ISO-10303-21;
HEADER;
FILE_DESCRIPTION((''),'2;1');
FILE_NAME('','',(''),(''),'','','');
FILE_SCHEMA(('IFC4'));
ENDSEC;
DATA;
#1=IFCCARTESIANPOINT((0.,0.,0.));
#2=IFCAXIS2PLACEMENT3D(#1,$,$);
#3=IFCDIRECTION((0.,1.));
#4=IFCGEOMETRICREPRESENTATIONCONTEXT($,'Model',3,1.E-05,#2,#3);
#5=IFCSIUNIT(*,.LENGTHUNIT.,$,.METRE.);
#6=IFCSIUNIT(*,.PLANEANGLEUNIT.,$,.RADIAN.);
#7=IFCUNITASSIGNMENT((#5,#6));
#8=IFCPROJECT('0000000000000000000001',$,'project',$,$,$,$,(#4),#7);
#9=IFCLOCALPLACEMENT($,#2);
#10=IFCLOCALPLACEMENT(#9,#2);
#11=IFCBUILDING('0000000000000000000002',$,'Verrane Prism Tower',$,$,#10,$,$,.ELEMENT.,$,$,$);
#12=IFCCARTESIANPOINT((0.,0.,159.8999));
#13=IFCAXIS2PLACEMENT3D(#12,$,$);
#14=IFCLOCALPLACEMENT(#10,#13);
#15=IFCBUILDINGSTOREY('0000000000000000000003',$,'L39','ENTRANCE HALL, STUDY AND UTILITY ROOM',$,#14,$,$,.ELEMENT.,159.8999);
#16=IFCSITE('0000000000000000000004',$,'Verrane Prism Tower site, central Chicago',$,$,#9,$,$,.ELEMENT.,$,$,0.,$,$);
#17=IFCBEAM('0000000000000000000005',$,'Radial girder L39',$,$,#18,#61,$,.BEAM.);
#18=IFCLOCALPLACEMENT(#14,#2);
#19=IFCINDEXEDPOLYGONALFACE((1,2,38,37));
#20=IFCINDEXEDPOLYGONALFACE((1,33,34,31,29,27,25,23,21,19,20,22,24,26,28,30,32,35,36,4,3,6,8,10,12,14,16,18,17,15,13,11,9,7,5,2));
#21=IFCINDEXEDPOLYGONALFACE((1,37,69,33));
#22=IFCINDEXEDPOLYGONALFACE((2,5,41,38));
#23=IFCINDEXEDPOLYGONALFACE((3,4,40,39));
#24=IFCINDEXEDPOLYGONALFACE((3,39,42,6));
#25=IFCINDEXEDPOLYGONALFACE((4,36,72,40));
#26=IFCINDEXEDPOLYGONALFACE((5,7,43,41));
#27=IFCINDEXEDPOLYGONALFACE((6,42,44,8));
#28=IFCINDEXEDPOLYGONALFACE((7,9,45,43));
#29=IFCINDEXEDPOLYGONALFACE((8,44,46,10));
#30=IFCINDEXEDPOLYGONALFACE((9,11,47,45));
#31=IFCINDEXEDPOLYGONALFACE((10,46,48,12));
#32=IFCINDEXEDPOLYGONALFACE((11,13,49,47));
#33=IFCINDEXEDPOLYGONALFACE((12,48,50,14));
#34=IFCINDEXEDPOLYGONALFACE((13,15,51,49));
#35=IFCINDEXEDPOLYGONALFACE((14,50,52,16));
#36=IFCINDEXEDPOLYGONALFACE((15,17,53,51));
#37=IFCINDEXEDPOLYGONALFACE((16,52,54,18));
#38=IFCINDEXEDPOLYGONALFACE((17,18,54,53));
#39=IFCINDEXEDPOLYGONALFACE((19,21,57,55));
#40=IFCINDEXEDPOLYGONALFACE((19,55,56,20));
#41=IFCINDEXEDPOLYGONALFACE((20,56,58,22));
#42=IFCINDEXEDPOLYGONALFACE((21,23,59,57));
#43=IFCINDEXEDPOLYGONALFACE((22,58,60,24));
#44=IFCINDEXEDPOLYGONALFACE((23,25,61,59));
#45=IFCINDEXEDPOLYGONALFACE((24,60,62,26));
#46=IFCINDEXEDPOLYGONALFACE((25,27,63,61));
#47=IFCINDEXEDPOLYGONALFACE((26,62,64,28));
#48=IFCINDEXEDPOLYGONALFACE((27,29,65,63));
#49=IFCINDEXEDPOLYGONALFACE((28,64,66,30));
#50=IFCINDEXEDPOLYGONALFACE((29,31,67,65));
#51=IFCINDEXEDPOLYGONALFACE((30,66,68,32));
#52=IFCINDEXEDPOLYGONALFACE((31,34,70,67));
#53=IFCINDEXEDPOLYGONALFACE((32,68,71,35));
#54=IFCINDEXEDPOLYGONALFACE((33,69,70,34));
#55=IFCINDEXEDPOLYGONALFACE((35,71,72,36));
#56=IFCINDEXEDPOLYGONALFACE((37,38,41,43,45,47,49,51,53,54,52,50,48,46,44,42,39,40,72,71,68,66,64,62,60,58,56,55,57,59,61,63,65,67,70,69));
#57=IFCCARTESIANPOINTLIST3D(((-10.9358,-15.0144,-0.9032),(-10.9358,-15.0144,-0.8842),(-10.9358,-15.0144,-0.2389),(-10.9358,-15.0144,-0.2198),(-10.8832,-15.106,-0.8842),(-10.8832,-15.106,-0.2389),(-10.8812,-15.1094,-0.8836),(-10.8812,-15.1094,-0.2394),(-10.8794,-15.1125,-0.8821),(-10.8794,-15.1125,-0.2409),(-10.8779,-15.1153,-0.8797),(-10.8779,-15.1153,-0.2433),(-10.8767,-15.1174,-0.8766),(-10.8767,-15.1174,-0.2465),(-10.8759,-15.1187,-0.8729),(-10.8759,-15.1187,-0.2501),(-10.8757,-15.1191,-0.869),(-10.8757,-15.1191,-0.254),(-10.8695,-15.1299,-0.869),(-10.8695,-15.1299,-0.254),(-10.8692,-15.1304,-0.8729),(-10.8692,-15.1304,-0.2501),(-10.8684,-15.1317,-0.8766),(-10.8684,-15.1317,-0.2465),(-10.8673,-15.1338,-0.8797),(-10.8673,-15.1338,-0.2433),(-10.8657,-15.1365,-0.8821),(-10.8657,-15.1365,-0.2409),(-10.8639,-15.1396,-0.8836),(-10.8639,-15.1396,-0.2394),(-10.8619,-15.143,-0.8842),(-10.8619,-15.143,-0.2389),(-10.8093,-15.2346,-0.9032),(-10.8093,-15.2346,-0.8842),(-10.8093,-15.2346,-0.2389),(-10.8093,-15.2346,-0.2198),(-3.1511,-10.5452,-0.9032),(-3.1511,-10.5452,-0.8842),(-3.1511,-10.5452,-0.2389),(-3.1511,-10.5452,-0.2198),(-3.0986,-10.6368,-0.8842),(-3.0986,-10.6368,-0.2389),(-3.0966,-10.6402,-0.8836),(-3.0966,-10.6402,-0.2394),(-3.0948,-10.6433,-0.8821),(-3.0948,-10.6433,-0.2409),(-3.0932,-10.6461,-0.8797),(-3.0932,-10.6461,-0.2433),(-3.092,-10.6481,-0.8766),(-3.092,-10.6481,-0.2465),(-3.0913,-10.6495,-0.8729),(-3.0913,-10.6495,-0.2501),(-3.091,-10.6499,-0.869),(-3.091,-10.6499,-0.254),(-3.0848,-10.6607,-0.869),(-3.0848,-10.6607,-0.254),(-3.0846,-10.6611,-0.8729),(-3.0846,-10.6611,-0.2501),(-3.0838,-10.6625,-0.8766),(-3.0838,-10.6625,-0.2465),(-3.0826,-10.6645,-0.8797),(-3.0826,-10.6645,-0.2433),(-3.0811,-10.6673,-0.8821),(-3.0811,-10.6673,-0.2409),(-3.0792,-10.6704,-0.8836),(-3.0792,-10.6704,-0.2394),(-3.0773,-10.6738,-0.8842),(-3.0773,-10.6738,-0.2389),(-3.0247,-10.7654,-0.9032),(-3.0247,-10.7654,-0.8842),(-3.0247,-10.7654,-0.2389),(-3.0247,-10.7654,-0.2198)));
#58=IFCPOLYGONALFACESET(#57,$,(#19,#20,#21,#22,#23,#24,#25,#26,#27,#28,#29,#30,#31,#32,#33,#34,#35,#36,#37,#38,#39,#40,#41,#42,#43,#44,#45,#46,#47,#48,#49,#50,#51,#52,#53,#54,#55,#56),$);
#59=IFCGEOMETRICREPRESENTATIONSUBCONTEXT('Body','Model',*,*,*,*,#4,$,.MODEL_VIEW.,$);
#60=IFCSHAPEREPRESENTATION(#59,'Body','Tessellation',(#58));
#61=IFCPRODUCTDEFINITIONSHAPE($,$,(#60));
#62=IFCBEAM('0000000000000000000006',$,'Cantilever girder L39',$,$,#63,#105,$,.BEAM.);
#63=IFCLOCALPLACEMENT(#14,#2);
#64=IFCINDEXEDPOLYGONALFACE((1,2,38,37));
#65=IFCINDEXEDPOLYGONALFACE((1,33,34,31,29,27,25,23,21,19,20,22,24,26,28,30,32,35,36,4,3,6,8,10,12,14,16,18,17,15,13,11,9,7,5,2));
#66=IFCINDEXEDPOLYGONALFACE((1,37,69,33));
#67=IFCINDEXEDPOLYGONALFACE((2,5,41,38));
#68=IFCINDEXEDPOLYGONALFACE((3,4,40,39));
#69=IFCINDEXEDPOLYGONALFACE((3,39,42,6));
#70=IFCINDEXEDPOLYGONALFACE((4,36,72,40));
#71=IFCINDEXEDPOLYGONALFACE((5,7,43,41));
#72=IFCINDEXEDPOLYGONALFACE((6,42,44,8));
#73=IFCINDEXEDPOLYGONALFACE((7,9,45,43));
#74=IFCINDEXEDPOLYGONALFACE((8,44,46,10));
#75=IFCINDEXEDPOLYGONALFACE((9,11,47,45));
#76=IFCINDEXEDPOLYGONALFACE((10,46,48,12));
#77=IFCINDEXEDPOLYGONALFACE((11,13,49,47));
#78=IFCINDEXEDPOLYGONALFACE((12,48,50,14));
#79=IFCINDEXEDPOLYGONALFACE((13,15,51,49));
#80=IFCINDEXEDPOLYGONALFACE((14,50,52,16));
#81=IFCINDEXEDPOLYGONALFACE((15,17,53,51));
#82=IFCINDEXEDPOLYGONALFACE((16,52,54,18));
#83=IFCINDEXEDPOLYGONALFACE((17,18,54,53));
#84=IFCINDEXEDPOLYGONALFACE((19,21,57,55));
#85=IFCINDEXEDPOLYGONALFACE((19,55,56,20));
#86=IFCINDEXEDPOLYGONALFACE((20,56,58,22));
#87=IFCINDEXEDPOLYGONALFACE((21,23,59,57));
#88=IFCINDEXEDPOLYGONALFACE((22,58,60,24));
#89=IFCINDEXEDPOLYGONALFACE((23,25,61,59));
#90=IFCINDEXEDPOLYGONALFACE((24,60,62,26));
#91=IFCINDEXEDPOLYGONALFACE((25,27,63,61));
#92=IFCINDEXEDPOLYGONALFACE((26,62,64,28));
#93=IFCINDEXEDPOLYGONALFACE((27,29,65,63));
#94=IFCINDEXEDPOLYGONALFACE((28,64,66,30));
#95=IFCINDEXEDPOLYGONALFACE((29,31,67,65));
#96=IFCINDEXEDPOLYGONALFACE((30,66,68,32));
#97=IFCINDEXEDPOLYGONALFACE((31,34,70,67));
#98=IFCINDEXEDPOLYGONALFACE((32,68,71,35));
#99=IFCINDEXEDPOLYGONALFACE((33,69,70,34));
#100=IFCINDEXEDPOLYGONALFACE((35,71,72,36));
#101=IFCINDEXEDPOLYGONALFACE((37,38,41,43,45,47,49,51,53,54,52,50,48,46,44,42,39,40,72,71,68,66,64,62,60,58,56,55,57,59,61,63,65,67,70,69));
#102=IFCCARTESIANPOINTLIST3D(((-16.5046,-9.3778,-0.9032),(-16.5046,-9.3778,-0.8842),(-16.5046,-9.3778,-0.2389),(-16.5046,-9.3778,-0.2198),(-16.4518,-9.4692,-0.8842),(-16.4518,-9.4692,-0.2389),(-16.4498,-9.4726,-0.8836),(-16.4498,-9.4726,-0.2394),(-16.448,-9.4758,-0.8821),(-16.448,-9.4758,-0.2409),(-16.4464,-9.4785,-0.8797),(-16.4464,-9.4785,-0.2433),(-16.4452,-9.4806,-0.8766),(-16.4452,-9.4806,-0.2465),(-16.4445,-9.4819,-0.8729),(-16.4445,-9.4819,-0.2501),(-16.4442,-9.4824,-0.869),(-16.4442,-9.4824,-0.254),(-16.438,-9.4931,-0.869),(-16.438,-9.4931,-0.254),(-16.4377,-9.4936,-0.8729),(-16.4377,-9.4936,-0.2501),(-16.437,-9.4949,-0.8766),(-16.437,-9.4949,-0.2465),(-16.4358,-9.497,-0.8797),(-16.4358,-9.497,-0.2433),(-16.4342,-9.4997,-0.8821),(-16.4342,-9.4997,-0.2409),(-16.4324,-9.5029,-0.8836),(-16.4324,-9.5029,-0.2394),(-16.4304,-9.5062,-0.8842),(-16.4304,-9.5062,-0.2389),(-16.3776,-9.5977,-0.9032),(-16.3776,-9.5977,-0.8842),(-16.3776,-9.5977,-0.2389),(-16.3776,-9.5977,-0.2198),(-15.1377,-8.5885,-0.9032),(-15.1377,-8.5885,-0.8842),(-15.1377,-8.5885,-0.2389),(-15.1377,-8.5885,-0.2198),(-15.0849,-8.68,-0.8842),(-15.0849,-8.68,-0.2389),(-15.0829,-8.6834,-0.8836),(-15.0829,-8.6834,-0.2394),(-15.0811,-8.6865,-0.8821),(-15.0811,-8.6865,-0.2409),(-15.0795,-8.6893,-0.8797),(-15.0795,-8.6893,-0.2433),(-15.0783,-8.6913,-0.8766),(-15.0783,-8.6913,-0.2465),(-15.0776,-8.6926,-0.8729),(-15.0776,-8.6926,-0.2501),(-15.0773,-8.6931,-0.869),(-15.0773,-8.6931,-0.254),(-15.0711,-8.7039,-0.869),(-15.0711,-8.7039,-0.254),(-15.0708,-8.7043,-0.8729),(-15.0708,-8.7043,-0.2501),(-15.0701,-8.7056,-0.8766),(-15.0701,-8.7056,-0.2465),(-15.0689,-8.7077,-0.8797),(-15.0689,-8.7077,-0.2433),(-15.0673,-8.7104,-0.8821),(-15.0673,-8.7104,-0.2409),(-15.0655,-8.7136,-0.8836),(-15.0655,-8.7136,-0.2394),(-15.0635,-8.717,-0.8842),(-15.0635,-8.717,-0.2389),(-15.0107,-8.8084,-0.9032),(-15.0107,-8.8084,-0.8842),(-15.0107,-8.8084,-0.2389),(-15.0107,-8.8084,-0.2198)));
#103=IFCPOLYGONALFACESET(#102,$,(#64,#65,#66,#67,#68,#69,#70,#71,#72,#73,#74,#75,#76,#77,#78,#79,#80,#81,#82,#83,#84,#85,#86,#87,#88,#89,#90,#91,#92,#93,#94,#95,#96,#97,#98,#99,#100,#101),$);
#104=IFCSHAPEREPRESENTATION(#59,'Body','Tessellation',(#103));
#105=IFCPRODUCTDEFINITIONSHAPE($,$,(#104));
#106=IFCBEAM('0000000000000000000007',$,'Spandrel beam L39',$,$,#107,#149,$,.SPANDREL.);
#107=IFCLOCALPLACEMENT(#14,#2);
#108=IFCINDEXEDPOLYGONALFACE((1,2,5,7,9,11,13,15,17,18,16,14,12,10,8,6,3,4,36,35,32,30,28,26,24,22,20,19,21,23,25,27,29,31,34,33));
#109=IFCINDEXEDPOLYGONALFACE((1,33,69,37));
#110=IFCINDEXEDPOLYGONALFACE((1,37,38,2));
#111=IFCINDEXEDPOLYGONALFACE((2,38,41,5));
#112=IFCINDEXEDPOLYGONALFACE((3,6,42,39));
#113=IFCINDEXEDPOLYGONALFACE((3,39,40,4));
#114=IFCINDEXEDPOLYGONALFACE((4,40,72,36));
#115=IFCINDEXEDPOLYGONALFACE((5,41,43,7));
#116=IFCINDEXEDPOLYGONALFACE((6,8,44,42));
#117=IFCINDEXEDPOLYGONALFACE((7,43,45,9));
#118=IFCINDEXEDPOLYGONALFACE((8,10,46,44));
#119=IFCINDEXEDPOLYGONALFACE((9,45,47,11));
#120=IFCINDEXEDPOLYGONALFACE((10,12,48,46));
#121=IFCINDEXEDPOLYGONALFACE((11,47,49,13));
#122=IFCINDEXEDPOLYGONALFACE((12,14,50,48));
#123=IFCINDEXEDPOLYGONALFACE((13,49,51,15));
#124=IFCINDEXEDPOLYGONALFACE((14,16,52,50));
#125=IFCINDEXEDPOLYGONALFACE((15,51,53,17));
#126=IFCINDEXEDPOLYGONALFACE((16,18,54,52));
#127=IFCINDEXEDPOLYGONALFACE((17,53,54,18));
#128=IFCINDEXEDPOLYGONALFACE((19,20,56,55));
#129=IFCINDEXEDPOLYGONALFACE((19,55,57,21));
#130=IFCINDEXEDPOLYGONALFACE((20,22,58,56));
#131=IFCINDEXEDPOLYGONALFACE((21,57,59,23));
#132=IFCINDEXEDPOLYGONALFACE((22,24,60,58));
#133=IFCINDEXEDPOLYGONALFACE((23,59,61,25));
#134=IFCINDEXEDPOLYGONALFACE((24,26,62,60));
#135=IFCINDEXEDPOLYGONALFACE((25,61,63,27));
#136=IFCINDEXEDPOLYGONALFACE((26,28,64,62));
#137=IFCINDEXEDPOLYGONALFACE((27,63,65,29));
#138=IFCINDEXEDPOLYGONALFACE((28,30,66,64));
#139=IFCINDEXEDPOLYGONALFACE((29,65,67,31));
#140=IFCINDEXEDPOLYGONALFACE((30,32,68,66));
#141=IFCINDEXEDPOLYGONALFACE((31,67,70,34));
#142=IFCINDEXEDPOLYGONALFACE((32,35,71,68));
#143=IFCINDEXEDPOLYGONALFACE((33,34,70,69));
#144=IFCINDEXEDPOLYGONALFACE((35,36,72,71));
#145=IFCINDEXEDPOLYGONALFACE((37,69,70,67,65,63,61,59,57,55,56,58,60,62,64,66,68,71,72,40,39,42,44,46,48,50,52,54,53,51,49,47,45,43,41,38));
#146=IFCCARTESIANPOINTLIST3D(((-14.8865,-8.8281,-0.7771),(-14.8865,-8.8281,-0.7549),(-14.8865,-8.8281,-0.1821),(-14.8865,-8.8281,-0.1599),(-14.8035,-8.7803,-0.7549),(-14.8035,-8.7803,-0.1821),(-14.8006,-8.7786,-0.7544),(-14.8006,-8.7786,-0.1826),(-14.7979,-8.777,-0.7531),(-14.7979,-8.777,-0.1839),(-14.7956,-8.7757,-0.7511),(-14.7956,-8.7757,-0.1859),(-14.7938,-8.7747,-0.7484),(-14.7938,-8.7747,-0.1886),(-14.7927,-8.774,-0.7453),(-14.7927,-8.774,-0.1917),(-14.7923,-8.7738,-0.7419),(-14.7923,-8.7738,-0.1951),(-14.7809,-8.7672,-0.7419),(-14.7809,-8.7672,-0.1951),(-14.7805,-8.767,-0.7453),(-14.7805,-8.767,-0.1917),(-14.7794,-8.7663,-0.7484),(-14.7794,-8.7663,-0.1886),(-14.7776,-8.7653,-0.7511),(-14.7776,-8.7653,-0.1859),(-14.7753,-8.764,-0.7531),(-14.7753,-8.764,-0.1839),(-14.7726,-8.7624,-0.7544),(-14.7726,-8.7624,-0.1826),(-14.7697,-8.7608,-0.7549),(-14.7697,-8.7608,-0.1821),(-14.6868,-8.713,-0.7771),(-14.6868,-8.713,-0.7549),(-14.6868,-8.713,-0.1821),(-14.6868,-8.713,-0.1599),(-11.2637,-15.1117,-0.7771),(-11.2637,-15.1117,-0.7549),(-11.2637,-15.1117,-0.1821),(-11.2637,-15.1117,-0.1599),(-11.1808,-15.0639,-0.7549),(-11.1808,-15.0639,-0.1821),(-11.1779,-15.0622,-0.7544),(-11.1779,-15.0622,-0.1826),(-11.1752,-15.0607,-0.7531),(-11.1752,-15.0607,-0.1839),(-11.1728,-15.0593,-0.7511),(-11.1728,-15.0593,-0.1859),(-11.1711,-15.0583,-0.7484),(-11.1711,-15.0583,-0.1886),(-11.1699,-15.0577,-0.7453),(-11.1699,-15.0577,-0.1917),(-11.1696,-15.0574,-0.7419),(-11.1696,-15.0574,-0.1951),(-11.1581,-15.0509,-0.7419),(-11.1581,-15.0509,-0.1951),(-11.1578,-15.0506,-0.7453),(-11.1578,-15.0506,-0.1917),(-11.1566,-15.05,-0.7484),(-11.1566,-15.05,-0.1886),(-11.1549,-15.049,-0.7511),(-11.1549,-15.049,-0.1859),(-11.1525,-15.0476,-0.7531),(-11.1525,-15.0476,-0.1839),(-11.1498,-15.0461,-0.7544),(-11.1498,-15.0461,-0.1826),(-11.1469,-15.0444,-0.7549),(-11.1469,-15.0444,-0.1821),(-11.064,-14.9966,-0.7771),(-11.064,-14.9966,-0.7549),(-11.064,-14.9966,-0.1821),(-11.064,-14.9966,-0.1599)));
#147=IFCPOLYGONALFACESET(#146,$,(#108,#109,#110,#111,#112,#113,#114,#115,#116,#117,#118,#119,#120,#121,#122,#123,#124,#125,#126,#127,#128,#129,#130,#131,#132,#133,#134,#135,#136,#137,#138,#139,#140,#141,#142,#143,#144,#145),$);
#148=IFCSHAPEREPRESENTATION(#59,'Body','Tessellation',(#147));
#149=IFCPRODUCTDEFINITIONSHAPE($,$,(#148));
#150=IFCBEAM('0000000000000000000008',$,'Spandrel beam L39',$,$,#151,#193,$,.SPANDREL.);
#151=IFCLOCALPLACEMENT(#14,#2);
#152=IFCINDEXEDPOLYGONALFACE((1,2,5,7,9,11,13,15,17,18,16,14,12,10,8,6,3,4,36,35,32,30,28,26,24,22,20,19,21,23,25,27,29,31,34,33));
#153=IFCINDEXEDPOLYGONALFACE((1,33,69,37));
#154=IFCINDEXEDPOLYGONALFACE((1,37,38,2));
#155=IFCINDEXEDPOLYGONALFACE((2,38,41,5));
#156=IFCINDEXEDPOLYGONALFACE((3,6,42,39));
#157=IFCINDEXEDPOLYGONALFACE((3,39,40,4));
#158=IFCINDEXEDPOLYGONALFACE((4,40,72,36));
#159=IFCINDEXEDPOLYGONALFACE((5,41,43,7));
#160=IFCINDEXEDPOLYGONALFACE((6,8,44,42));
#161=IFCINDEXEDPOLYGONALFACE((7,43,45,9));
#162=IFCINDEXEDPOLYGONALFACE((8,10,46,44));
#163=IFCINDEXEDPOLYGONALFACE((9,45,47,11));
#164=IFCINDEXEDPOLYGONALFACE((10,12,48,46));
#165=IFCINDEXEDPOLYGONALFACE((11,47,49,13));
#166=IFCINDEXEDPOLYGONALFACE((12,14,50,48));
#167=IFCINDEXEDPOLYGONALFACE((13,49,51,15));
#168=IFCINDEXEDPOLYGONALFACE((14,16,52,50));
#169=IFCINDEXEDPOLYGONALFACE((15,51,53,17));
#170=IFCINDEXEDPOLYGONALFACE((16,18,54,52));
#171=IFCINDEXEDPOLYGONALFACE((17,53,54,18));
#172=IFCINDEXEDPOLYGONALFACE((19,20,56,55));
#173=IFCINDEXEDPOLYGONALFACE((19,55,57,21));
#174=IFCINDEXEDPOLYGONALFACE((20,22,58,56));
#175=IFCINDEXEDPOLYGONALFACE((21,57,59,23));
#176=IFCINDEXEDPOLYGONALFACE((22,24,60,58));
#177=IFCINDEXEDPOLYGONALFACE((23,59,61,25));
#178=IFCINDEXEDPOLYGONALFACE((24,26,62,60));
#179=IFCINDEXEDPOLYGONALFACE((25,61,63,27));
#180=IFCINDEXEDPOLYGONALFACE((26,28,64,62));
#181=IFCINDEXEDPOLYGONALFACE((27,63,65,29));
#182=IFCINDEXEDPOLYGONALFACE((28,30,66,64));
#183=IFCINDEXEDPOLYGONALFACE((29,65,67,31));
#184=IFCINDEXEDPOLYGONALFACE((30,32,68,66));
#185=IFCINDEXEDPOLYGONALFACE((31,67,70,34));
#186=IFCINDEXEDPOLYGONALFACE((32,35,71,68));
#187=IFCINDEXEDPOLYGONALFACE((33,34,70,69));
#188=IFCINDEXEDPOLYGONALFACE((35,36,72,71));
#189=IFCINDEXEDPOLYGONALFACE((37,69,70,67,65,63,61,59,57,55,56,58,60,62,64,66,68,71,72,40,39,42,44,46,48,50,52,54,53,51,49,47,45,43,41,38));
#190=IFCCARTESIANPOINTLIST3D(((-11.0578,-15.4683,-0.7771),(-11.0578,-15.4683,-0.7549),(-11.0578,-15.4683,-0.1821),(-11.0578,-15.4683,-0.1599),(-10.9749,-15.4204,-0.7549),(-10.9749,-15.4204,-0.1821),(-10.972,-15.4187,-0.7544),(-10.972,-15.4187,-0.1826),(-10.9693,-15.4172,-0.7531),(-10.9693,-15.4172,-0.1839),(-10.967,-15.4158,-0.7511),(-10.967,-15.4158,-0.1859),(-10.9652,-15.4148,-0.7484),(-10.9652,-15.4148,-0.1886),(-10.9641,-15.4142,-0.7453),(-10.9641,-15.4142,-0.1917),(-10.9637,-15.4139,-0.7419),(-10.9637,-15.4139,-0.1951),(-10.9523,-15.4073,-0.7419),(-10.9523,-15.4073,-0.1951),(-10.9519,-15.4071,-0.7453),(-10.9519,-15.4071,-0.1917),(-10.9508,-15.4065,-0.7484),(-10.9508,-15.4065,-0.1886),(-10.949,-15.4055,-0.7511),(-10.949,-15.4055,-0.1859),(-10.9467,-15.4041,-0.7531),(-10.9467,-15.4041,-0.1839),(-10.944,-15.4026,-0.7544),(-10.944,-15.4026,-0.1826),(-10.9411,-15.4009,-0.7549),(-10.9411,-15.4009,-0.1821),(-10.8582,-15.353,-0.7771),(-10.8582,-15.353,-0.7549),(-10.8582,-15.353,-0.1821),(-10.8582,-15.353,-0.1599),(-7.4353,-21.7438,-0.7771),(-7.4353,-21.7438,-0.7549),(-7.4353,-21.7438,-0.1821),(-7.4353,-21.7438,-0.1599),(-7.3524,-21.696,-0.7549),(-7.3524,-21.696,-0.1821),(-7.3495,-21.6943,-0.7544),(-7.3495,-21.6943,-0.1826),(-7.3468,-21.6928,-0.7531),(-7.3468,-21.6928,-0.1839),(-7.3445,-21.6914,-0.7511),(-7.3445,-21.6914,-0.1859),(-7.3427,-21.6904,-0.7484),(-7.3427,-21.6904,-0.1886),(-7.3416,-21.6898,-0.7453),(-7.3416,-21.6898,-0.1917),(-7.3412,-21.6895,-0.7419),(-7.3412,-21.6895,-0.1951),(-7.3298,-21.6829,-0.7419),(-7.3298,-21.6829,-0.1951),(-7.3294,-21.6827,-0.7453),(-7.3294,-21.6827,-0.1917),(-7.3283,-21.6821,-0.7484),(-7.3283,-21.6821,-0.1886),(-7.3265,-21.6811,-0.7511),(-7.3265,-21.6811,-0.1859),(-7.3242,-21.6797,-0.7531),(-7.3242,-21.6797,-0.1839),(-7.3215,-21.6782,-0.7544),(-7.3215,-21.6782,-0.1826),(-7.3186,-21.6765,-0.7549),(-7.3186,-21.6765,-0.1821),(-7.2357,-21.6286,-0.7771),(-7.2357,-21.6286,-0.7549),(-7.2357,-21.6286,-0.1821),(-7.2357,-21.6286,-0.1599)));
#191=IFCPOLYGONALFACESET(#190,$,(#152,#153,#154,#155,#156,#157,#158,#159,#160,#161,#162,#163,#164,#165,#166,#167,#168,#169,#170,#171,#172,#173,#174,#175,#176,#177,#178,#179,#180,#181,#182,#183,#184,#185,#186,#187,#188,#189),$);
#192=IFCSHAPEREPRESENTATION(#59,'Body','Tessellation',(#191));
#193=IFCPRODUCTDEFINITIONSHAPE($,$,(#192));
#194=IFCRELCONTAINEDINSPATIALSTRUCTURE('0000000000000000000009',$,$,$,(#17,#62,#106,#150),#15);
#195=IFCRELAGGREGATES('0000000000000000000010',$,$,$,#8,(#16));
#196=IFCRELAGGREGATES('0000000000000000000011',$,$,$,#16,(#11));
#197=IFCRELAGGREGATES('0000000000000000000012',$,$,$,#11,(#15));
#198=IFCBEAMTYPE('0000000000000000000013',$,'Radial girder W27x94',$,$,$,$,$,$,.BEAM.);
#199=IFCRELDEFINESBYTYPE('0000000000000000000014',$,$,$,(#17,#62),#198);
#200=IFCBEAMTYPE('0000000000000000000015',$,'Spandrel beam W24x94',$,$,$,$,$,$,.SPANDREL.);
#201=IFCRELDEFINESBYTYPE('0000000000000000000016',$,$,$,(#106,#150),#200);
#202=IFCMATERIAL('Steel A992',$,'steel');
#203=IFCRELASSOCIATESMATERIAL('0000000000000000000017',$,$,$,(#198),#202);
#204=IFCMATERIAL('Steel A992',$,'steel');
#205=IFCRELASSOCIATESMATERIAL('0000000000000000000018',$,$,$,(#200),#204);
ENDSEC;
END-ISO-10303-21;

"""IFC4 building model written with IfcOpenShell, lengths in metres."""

from ifc_helpers import new_model, si_unit, direction, frame, origin, origin_2d, place, context, subcontext, project, spatial, i_section, extrude, material, material_profile, profile_set, type_object, element, save


model = new_model("IFC4")

# Units and contexts
model_context = context("Model", 3, precision=1e-05, world=origin(), true_north=direction((0.0, 1.0)))
body_context = subcontext(model_context, "Body", "Model", "MODEL_VIEW")
ifc_project = project(units=[si_unit("LENGTHUNIT", "METRE"), si_unit("PLANEANGLEUNIT", "RADIAN")], contexts=[model_context])

# Site, building, storey
site_placement = place(None, origin())
site = spatial("IfcSite", under=ifc_project, at=site_placement, Name="Verrane Prism Tower site, central Chicago", CompositionType="ELEMENT", RefElevation=0.0)
building_placement = place(site_placement, origin())
building = spatial("IfcBuilding", under=site, at=building_placement, Name="Verrane Prism Tower", CompositionType="ELEMENT")
storey_placement = place(building_placement, frame((0.0, 0.0, 159.8999)))
storey = spatial("IfcBuildingStorey", under=building, at=storey_placement, Name="L39", Description="ENTRANCE HALL, STUDY AND UTILITY ROOM", CompositionType="ELEMENT", Elevation=159.8999)

# Beams
ifc_material_1 = material(Name="Steel A992", Category="steel")
ifc_material_profile_1 = material_profile(ifc_material_1, i_section(OverallWidth=0.2539, OverallDepth=0.6833, WebThickness=0.0125, FlangeThickness=0.019, FilletRadius=0.0151, at=origin_2d()), Name="W27x94")
ifc_profile_set_1 = profile_set([ifc_material_profile_1], Name="Steel A992")
beam_type_1 = type_object("IfcBeamType", Name="Radial girder W27x94", PredefinedType="BEAM", material=ifc_profile_set_1)
beam_1_placement = place(storey_placement, frame((-10.8726, -15.1245, -0.5615), z_axis=(0.86724, 0.497889, 0.0), x_axis=(-0.497889, 0.86724, 0.0)))
element("IfcBeam", 1, at=beam_1_placement, inside=storey, type_object=beam_type_1, Name="Radial girder L39", PredefinedType="BEAM", context=body_context, shape_type="SweptSolid", body=[
    extrude(i_section(OverallWidth=0.2539, OverallDepth=0.6833, WebThickness=0.0125, FlangeThickness=0.019, FilletRadius=0.0151, at=origin_2d()), origin(), (0.0, 0.0, 1.0), 8.9763),
])
beam_2_placement = place(storey_placement, frame((-15.0742, -8.6985, -0.5615), z_axis=(-0.865998, -0.500048, 0.0), x_axis=(0.500048, -0.865998, 0.0)))
element("IfcBeam", 2, at=beam_2_placement, inside=storey, type_object=beam_type_1, Name="Cantilever girder L39", PredefinedType="BEAM", context=body_context, shape_type="SweptSolid", body=[
    extrude(i_section(OverallWidth=0.2539, OverallDepth=0.6833, WebThickness=0.0125, FlangeThickness=0.019, FilletRadius=0.0151, at=origin_2d()), origin(), (0.0, 0.0, 1.0), 1.5784),
])
ifc_material_2 = material(Name="Steel A992", Category="steel")
ifc_material_profile_2 = material_profile(ifc_material_2, i_section(OverallWidth=0.2305, OverallDepth=0.6172, WebThickness=0.0132, FlangeThickness=0.0222, FilletRadius=0.0129, at=origin_2d()), Name="W24x94")
ifc_profile_set_2 = profile_set([ifc_material_profile_2], Name="Steel A992")
beam_type_2 = type_object("IfcBeamType", Name="Spandrel beam W24x94", PredefinedType="SPANDREL", material=ifc_profile_set_2)
beam_3_placement = place(storey_placement, frame((-14.7866, -8.7705, -0.4685), z_axis=(0.499474, -0.866329, 0.0), x_axis=(0.866329, 0.499474, 0.0)))
element("IfcBeam", 3, at=beam_3_placement, inside=storey, type_object=beam_type_2, Name="Spandrel beam L39", PredefinedType="SPANDREL", context=body_context, shape_type="SweptSolid", body=[
    extrude(i_section(OverallWidth=0.2305, OverallDepth=0.6172, WebThickness=0.0132, FlangeThickness=0.0222, FilletRadius=0.0129, at=origin_2d()), origin(), (0.0, 0.0, 1.0), 7.2532),
])
beam_4_placement = place(storey_placement, frame((-10.958, -15.4106, -0.4685), z_axis=(0.49993, -0.866066, 0.0), x_axis=(0.866066, 0.49993, 0.0)))
element("IfcBeam", 4, at=beam_4_placement, inside=storey, type_object=beam_type_2, Name="Spandrel beam L39", PredefinedType="SPANDREL", context=body_context, shape_type="SweptSolid", body=[
    extrude(i_section(OverallWidth=0.2305, OverallDepth=0.6172, WebThickness=0.0132, FlangeThickness=0.0222, FilletRadius=0.0129, at=origin_2d()), origin(), (0.0, 0.0, 1.0), 7.2461),
])

save(model, "model.ifc")
